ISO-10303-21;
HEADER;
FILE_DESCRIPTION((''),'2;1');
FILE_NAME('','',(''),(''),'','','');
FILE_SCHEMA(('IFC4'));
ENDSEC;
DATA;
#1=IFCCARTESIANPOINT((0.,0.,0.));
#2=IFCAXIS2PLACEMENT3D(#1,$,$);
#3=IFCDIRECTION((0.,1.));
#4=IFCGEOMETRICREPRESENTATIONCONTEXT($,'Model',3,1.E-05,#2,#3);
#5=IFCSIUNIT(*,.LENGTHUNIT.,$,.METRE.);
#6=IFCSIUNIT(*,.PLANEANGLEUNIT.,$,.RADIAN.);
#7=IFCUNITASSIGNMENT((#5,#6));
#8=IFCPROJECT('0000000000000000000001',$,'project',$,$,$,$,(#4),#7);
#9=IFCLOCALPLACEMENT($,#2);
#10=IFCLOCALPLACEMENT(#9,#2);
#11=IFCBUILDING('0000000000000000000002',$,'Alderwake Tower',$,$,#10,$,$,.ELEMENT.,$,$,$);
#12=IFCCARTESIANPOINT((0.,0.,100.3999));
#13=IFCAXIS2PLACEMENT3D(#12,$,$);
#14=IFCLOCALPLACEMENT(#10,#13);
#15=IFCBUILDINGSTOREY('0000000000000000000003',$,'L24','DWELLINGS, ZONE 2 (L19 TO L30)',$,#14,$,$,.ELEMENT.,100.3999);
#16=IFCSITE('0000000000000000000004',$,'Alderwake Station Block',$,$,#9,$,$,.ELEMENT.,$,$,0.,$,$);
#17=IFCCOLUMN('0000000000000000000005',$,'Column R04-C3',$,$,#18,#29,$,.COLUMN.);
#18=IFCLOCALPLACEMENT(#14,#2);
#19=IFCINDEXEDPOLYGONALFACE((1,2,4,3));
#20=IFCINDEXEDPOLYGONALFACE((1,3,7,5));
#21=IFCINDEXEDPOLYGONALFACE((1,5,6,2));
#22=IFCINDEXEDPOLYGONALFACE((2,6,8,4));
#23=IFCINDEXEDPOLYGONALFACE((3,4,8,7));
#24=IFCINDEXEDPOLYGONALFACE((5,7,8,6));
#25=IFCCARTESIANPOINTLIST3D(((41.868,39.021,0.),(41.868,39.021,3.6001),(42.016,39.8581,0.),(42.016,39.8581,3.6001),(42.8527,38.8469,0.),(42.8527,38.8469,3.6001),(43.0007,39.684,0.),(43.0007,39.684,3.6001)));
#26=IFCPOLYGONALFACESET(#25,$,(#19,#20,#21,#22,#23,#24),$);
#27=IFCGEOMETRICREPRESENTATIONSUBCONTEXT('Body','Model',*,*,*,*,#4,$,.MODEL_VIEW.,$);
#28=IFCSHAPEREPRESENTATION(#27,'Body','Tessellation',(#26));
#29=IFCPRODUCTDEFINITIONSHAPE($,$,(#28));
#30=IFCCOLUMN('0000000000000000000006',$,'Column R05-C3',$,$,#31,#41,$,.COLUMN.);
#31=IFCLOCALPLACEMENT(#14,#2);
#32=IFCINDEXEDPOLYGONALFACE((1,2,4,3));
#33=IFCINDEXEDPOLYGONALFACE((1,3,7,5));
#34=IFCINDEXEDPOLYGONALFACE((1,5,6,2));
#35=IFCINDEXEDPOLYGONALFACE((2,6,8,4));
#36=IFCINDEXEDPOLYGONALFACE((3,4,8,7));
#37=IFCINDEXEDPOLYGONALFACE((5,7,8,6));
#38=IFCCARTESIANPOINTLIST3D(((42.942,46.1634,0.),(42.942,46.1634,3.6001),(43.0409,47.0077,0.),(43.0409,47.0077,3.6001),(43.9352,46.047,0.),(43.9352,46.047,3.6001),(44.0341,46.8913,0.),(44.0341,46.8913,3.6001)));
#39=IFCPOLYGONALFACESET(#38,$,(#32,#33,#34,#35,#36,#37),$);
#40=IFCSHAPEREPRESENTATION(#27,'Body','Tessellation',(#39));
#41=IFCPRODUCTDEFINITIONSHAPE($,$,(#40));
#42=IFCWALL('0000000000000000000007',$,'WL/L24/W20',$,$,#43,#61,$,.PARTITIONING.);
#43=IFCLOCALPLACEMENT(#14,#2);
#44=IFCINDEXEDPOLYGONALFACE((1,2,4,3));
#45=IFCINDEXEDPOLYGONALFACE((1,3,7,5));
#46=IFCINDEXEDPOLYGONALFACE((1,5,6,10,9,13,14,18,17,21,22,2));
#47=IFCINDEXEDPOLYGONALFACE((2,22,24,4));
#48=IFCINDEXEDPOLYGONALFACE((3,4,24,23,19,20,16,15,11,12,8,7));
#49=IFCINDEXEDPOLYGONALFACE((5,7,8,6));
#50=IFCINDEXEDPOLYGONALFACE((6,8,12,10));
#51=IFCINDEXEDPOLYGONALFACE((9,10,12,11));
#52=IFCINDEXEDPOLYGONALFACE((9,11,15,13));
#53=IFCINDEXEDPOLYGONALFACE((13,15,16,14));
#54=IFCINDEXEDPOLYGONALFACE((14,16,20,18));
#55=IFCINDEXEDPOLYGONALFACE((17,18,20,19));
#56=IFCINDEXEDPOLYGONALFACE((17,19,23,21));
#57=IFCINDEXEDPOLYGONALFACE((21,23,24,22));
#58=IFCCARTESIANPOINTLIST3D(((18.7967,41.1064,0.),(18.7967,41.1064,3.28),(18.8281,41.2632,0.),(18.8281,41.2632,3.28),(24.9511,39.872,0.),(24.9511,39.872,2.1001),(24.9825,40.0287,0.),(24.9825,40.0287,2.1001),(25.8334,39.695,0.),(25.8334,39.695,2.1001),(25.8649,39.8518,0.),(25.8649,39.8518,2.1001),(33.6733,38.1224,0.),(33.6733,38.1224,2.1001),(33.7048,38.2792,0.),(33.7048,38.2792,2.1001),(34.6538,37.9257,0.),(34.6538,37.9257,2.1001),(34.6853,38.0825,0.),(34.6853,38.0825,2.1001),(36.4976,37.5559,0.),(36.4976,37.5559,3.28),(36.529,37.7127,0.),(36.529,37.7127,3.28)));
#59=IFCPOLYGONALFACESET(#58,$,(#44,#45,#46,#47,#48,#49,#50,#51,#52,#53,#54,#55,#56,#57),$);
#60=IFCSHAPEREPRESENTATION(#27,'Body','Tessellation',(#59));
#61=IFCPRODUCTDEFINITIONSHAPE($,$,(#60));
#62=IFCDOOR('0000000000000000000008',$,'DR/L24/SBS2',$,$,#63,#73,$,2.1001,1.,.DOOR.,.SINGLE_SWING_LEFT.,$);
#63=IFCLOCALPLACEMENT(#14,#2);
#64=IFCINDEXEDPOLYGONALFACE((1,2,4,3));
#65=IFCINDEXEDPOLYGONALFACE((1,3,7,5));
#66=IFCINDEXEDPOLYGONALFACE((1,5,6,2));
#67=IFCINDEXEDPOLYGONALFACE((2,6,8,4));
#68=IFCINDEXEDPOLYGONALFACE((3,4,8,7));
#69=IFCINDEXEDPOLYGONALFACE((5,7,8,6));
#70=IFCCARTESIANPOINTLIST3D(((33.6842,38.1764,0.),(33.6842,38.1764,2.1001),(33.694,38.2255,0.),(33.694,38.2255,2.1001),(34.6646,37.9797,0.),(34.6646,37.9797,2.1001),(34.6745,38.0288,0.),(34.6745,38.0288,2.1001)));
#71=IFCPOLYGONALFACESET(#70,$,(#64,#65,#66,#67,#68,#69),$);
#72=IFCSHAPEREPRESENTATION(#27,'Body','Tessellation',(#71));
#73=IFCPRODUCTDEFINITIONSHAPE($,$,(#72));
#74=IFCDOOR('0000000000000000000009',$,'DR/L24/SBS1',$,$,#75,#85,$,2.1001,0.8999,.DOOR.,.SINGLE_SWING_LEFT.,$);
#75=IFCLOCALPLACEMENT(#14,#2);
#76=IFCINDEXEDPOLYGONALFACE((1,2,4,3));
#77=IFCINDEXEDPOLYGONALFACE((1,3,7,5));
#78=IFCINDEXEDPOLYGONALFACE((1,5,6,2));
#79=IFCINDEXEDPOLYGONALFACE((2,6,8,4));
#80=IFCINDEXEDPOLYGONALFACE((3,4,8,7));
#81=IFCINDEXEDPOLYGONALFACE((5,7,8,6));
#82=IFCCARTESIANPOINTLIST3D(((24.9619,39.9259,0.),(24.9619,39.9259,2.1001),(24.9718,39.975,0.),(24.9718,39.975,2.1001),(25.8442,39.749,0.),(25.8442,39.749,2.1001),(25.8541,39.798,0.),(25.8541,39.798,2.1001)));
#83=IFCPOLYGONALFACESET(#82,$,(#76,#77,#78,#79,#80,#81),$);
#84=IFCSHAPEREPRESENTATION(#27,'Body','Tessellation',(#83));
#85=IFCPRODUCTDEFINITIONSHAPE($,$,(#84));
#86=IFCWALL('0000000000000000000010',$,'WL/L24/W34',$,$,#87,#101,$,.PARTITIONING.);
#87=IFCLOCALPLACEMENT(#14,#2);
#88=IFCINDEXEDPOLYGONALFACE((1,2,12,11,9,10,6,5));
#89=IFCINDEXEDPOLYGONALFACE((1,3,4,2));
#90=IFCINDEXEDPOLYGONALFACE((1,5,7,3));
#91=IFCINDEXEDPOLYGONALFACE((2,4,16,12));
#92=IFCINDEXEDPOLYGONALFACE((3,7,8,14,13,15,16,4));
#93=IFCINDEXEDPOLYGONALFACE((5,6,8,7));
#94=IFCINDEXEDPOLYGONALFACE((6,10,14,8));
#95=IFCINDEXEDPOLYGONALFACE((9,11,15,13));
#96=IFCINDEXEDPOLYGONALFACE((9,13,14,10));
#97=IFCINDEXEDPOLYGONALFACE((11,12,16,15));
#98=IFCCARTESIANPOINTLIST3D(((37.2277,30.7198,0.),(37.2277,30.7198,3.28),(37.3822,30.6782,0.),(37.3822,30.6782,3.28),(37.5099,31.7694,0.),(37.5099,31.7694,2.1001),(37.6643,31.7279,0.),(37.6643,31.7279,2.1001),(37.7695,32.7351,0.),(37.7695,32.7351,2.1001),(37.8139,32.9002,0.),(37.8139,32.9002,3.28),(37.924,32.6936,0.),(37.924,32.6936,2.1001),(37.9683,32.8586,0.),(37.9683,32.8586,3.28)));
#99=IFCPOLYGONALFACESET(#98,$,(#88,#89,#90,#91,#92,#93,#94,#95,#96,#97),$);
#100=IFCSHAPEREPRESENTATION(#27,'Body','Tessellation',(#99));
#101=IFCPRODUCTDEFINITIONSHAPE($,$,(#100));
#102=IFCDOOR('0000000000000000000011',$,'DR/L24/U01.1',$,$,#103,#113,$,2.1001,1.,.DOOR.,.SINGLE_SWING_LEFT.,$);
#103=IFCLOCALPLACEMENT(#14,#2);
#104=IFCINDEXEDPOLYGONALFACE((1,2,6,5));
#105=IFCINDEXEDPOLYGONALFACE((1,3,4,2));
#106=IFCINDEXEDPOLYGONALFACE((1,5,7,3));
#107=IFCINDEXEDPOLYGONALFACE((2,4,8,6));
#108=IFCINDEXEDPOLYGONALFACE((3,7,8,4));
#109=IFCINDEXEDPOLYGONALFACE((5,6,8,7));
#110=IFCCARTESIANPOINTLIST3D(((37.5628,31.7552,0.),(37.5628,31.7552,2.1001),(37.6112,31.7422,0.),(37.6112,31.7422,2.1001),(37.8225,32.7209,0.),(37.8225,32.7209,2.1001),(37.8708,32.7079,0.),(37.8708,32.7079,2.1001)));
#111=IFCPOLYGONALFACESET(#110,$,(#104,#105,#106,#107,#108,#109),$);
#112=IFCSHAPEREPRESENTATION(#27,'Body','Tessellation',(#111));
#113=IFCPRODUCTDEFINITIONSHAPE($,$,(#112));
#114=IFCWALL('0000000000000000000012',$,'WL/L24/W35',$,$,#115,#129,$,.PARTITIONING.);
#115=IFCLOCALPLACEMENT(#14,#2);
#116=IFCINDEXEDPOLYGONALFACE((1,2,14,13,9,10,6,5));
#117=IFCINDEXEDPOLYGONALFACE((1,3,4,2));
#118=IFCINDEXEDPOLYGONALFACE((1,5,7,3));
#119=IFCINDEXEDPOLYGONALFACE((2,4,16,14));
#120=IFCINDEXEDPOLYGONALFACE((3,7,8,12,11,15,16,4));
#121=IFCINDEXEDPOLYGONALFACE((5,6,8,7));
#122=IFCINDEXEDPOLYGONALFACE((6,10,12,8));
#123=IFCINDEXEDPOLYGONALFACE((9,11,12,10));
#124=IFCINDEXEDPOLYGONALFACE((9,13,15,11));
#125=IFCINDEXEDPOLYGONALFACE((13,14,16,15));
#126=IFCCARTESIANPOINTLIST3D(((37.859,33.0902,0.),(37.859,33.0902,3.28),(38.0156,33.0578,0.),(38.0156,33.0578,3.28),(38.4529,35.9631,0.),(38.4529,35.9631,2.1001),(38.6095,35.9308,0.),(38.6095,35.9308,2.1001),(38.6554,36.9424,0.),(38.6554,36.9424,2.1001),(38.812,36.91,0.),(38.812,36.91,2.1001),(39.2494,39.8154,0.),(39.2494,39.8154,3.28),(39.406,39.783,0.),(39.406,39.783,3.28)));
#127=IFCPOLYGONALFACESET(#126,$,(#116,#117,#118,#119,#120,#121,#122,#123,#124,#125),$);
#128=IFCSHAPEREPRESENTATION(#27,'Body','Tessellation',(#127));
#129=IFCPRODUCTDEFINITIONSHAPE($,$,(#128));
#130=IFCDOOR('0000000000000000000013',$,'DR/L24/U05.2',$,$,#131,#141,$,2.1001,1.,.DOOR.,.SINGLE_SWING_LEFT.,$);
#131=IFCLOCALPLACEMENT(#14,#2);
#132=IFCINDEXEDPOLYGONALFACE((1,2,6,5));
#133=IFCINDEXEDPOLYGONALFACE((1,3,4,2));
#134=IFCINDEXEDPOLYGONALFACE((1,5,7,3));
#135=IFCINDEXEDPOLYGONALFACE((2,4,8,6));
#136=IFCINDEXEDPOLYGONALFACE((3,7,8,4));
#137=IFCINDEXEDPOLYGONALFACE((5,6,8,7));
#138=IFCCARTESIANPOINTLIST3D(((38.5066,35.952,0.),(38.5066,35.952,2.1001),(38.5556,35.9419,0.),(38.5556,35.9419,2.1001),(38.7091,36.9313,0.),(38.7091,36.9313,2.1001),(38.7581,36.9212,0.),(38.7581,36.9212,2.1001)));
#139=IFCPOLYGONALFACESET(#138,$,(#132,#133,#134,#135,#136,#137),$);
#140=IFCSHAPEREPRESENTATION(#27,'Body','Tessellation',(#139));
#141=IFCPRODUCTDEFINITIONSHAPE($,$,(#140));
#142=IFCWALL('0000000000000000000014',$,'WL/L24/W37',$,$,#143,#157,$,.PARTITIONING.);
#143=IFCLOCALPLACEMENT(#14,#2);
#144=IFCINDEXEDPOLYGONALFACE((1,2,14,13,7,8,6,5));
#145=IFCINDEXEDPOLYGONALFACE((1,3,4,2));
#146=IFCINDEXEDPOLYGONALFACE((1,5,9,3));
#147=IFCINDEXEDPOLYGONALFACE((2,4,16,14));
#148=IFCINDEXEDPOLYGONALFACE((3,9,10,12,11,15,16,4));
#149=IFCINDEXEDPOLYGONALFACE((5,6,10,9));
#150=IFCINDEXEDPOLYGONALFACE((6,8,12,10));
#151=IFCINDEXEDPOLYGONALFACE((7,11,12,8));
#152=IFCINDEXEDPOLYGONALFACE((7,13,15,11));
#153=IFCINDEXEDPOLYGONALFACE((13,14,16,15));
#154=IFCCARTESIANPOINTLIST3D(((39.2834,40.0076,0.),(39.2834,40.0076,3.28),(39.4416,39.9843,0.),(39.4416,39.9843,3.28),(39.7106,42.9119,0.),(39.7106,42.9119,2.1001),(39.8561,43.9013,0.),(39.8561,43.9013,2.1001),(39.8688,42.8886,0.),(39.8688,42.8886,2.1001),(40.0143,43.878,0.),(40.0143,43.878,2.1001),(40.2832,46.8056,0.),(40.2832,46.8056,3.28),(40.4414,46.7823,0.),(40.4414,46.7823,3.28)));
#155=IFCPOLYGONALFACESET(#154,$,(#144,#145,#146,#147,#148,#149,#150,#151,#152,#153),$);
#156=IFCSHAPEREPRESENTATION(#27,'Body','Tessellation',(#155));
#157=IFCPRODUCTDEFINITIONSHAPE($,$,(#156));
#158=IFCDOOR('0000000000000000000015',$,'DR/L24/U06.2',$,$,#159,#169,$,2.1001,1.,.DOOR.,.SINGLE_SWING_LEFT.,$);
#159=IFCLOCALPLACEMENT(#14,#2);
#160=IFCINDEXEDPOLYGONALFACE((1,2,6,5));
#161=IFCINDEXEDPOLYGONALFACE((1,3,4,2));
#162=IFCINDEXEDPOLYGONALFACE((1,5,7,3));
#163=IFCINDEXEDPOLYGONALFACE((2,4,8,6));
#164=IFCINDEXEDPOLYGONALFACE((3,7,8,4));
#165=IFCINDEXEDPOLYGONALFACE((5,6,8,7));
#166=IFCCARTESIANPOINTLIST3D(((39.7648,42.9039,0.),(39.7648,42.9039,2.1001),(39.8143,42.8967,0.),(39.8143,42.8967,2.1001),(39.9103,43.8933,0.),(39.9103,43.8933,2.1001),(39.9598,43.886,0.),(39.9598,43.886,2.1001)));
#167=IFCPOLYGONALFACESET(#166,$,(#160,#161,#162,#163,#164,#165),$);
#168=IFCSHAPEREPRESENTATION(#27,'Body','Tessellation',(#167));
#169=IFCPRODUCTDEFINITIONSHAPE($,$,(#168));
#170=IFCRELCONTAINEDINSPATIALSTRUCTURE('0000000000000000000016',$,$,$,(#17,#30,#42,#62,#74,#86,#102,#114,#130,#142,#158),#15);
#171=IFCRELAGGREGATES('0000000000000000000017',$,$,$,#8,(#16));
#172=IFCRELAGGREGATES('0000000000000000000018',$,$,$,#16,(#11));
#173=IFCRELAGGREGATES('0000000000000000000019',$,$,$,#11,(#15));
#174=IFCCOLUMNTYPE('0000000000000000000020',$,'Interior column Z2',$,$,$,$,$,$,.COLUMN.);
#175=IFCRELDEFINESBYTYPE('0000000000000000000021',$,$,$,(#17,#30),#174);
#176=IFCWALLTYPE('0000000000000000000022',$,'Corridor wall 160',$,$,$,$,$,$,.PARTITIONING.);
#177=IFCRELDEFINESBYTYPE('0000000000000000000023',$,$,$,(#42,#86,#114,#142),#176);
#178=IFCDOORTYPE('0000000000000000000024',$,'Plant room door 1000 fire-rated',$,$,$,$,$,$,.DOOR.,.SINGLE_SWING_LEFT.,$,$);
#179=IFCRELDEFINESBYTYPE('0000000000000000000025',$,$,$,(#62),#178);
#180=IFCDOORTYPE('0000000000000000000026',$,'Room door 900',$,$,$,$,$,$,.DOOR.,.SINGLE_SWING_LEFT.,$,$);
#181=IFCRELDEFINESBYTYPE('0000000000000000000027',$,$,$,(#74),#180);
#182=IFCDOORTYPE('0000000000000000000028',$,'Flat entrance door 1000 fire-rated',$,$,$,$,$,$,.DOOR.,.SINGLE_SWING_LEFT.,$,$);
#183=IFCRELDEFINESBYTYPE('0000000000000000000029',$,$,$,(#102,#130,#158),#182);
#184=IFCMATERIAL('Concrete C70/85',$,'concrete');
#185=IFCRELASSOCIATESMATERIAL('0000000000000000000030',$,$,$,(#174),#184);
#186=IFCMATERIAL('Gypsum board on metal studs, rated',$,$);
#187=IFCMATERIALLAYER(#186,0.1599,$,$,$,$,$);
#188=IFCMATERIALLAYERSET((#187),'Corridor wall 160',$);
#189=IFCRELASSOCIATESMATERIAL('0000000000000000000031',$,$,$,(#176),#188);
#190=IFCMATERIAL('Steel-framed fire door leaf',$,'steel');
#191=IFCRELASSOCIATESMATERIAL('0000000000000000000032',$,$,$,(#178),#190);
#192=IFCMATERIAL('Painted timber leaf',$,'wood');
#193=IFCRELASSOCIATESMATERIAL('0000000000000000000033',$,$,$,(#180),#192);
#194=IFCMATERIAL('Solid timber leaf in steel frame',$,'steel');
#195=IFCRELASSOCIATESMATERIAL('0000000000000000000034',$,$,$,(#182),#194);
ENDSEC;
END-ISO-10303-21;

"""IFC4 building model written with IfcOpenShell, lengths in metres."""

from ifc_helpers import new_model, si_unit, direction, frame, frame_2d, origin, origin_2d, place, context, subcontext, project, spatial, rectangle, extrude, material, layer, layer_set, material_profile, profile_set, type_object, element, fill, save


model = new_model("IFC4")

# Units and contexts
model_context = context("Model", 3, precision=1e-05, world=origin(), true_north=direction((0.0, 1.0)))
body_context = subcontext(model_context, "Body", "Model", "MODEL_VIEW")
ifc_project = project(units=[si_unit("LENGTHUNIT", "METRE"), si_unit("PLANEANGLEUNIT", "RADIAN")], contexts=[model_context])

# Site, building, storey
site_placement = place(None, origin())
site = spatial("IfcSite", under=ifc_project, at=site_placement, Name="Alderwake Station Block", CompositionType="ELEMENT", RefElevation=0.0)
building_placement = place(site_placement, origin())
building = spatial("IfcBuilding", under=site, at=building_placement, Name="Alderwake Tower", CompositionType="ELEMENT")
storey_placement = place(building_placement, frame((0.0, 0.0, 100.3999)))
storey = spatial("IfcBuildingStorey", under=building, at=storey_placement, Name="L24", Description="DWELLINGS, ZONE 2 (L19 TO L30)", CompositionType="ELEMENT", Elevation=100.3999)

# Columns
ifc_material_1 = material(Name="Concrete C70/85", Category="concrete")
ifc_material_profile = material_profile(ifc_material_1, rectangle(XDim=0.8501, YDim=1.0, at=origin_2d()), Name="RC 1000X850")
ifc_profile_set = profile_set([ifc_material_profile], Name="Concrete C70/85")
column_type = type_object("IfcColumnType", Name="Interior column Z2", PredefinedType="COLUMN", material=ifc_profile_set)
for number, where, z_axis, x_axis, name in (
    (1, (42.4343, 39.3525, 0.0), (0.0, 0.0, 1.0), (0.174107, 0.984727, 0.0), "Column R04-C3"),
    (2, (43.488, 46.5273, 0.0), (0.0, 0.0, 1.0), (0.116402, 0.993202, 0.0), "Column R05-C3"),
):
    element("IfcColumn", number, at=place(storey_placement, frame(where, z_axis=z_axis, x_axis=x_axis)), inside=storey, type_object=column_type, Name=name, PredefinedType="COLUMN", context=body_context, shape_type="SweptSolid", body=[
        extrude(rectangle(XDim=0.8501, YDim=1.0, at=origin_2d()), origin(), (0.0, 0.0, 1.0), 3.6001),
    ])

# Wall, openings, doors
ifc_material_2 = material(Name="Gypsum board on metal studs, rated")
ifc_layer_1 = layer(ifc_material_2, 0.1599)
ifc_layer_set_1 = layer_set([ifc_layer_1], Name="Corridor wall 160")
wall_type_1 = type_object("IfcWallType", Name="Corridor wall 160", PredefinedType="PARTITIONING", material=ifc_layer_set_1)
wall_1_placement = place(storey_placement, frame((36.5134, 37.6343, 0.0), z_axis=(0.0, 0.0, 1.0), x_axis=(-0.98047, 0.196667, 0.0)))
wall_1 = element("IfcWall", 3, at=wall_1_placement, inside=storey, type_object=wall_type_1, Name="WL/L24/W20", PredefinedType="PARTITIONING", context=body_context, shape_type="SweptSolid", body=[
    extrude(rectangle(XDim=18.0535, YDim=0.1599, at=frame_2d((9.0269, 0.0))), origin(), (0.0, 0.0, 1.0), 3.28),
])
opening_1_placement = place(wall_1_placement, frame((10.8767, 0.0, 0.0)))
opening_1 = element("IfcOpeningElement", 4, at=opening_1_placement, cuts=wall_1, PredefinedType="OPENING", context=body_context, shape_type="SweptSolid", body=[
    extrude(rectangle(XDim=0.8999, YDim=2.1001, at=frame_2d((0.45, 1.05))), frame((0.0, 0.0898, 0.0), z_axis=(0.0, -1.0, 0.0), x_axis=(1.0, 0.0, 0.0)), (0.0, 0.0, 1.0), 0.1799),
])
opening_2_placement = place(wall_1_placement, frame((1.8806, 0.0, 0.0)))
opening_2 = element("IfcOpeningElement", 5, at=opening_2_placement, cuts=wall_1, PredefinedType="OPENING", context=body_context, shape_type="SweptSolid", body=[
    extrude(rectangle(XDim=1.0, YDim=2.1001, at=frame_2d((0.5, 1.05))), frame((0.0, 0.0898, 0.0), z_axis=(0.0, -1.0, 0.0), x_axis=(1.0, 0.0, 0.0)), (0.0, 0.0, 1.0), 0.1799),
])
ifc_material_3 = material(Name="Steel-framed fire door leaf", Category="steel")
door_type_1 = type_object("IfcDoorType", Name="Plant room door 1000 fire-rated", OperationType="SINGLE_SWING_LEFT", PredefinedType="DOOR", material=ifc_material_3)
door_1_placement = place(opening_2_placement, origin())
door_1 = element("IfcDoor", 6, at=door_1_placement, inside=storey, type_object=door_type_1, Name="DR/L24/SBS2", OperationType="SINGLE_SWING_LEFT", OverallHeight=2.1001, OverallWidth=1.0, PredefinedType="DOOR", context=body_context, shape_type="SweptSolid", body=[
    extrude(rectangle(XDim=1.0, YDim=2.1001, at=frame_2d((0.5, 1.05))), frame((0.0, 0.0249, 0.0), z_axis=(0.0, -1.0, 0.0), x_axis=(1.0, 0.0, 0.0)), (0.0, 0.0, 1.0), 0.05),
])
fill(opening_2, door_1)
ifc_material_4 = material(Name="Painted timber leaf", Category="wood")
door_type_2 = type_object("IfcDoorType", Name="Room door 900", OperationType="SINGLE_SWING_LEFT", PredefinedType="DOOR", material=ifc_material_4)
door_2_placement = place(opening_1_placement, origin())
door_2 = element("IfcDoor", 7, at=door_2_placement, inside=storey, type_object=door_type_2, Name="DR/L24/SBS1", OperationType="SINGLE_SWING_LEFT", OverallHeight=2.1001, OverallWidth=0.8999, PredefinedType="DOOR", context=body_context, shape_type="SweptSolid", body=[
    extrude(rectangle(XDim=0.8999, YDim=2.1001, at=frame_2d((0.45, 1.05))), frame((0.0, 0.0249, 0.0), z_axis=(0.0, -1.0, 0.0), x_axis=(1.0, 0.0, 0.0)), (0.0, 0.0, 1.0), 0.05),
])
fill(opening_1, door_2)

# Walls, openings, doors
wall_2_placement = place(storey_placement, frame((37.8911, 32.8794, 0.0), z_axis=(0.0, 0.0, 1.0), x_axis=(-0.259621, -0.965711, 0.0)))
wall_2 = element("IfcWall", 8, at=wall_2_placement, inside=storey, type_object=wall_type_1, Name="WL/L24/W34", PredefinedType="PARTITIONING", context=body_context, shape_type="SweptSolid", body=[
    extrude(rectangle(XDim=2.2578, YDim=0.1599, at=frame_2d((1.1289, 0.0))), origin(), (0.0, 0.0, 1.0), 3.28),
])
opening_3_placement = place(wall_2_placement, frame((0.1709, 0.0, 0.0)))
opening_3 = element("IfcOpeningElement", 9, at=opening_3_placement, cuts=wall_2, PredefinedType="OPENING", context=body_context, shape_type="SweptSolid", body=[
    extrude(rectangle(XDim=1.0, YDim=2.1001, at=frame_2d((0.5, 1.05))), frame((0.0, 0.0898, 0.0), z_axis=(0.0, -1.0, 0.0), x_axis=(1.0, 0.0, 0.0)), (0.0, 0.0, 1.0), 0.1799),
])
ifc_material_5 = material(Name="Solid timber leaf in steel frame", Category="steel")
door_type_3 = type_object("IfcDoorType", Name="Flat entrance door 1000 fire-rated", OperationType="SINGLE_SWING_LEFT", PredefinedType="DOOR", material=ifc_material_5)
door_3_placement = place(opening_3_placement, origin())
door_3 = element("IfcDoor", 10, at=door_3_placement, inside=storey, type_object=door_type_3, Name="DR/L24/U01.1", OperationType="SINGLE_SWING_LEFT", OverallHeight=2.1001, OverallWidth=1.0, PredefinedType="DOOR", context=body_context, shape_type="SweptSolid", body=[
    extrude(rectangle(XDim=1.0, YDim=2.1001, at=frame_2d((0.5, 1.05))), frame((0.0, 0.0249, 0.0), z_axis=(0.0, -1.0, 0.0), x_axis=(1.0, 0.0, 0.0)), (0.0, 0.0, 1.0), 0.05),
])
fill(opening_3, door_3)
wall_3_placement = place(storey_placement, frame((39.3276, 39.7991, 0.0), z_axis=(0.0, 0.0, 1.0), x_axis=(-0.202463, -0.97929, 0.0)))
wall_3 = element("IfcWall", 11, at=wall_3_placement, inside=storey, type_object=wall_type_1, Name="WL/L24/W35", PredefinedType="PARTITIONING", context=body_context, shape_type="SweptSolid", body=[
    extrude(rectangle(XDim=6.8674, YDim=0.1599, at=frame_2d((3.4336, 0.0))), origin(), (0.0, 0.0, 1.0), 3.28),
])
opening_4_placement = place(wall_3_placement, frame((2.9336, 0.0, 0.0)))
opening_4 = element("IfcOpeningElement", 12, at=opening_4_placement, cuts=wall_3, PredefinedType="OPENING", context=body_context, shape_type="SweptSolid", body=[
    extrude(rectangle(XDim=1.0, YDim=2.1001, at=frame_2d((0.5, 1.05))), frame((0.0, 0.0898, 0.0), z_axis=(0.0, -1.0, 0.0), x_axis=(1.0, 0.0, 0.0)), (0.0, 0.0, 1.0), 0.1799),
])
door_4_placement = place(opening_4_placement, origin())
door_4 = element("IfcDoor", 13, at=door_4_placement, inside=storey, type_object=door_type_3, Name="DR/L24/U05.2", OperationType="SINGLE_SWING_LEFT", OverallHeight=2.1001, OverallWidth=1.0, PredefinedType="DOOR", context=body_context, shape_type="SweptSolid", body=[
    extrude(rectangle(XDim=1.0, YDim=2.1001, at=frame_2d((0.5, 1.05))), frame((0.0, 0.0249, 0.0), z_axis=(0.0, -1.0, 0.0), x_axis=(1.0, 0.0, 0.0)), (0.0, 0.0, 1.0), 0.05),
])
fill(opening_4, door_4)
wall_4_placement = place(storey_placement, frame((40.3623, 46.7939, 0.0), z_axis=(0.0, 0.0, 1.0), x_axis=(-0.145504, -0.989358, 0.0)))
wall_4 = element("IfcWall", 14, at=wall_4_placement, inside=storey, type_object=wall_type_1, Name="WL/L24/W37", PredefinedType="PARTITIONING", context=body_context, shape_type="SweptSolid", body=[
    extrude(rectangle(XDim=6.8711, YDim=0.1599, at=frame_2d((3.4355, 0.0))), origin(), (0.0, 0.0, 1.0), 3.28),
])
opening_5_placement = place(wall_4_placement, frame((2.9355, 0.0, 0.0)))
opening_5 = element("IfcOpeningElement", 15, at=opening_5_placement, cuts=wall_4, PredefinedType="OPENING", context=body_context, shape_type="SweptSolid", body=[
    extrude(rectangle(XDim=1.0, YDim=2.1001, at=frame_2d((0.5, 1.05))), frame((0.0, 0.0898, 0.0), z_axis=(0.0, -1.0, 0.0), x_axis=(1.0, 0.0, 0.0)), (0.0, 0.0, 1.0), 0.1799),
])
door_5_placement = place(opening_5_placement, origin())
door_5 = element("IfcDoor", 16, at=door_5_placement, inside=storey, type_object=door_type_3, Name="DR/L24/U06.2", OperationType="SINGLE_SWING_LEFT", OverallHeight=2.1001, OverallWidth=1.0, PredefinedType="DOOR", context=body_context, shape_type="SweptSolid", body=[
    extrude(rectangle(XDim=1.0, YDim=2.1001, at=frame_2d((0.5, 1.05))), frame((0.0, 0.0249, 0.0), z_axis=(0.0, -1.0, 0.0), x_axis=(1.0, 0.0, 0.0)), (0.0, 0.0, 1.0), 0.05),
])
fill(opening_5, door_5)

save(model, "model.ifc")
